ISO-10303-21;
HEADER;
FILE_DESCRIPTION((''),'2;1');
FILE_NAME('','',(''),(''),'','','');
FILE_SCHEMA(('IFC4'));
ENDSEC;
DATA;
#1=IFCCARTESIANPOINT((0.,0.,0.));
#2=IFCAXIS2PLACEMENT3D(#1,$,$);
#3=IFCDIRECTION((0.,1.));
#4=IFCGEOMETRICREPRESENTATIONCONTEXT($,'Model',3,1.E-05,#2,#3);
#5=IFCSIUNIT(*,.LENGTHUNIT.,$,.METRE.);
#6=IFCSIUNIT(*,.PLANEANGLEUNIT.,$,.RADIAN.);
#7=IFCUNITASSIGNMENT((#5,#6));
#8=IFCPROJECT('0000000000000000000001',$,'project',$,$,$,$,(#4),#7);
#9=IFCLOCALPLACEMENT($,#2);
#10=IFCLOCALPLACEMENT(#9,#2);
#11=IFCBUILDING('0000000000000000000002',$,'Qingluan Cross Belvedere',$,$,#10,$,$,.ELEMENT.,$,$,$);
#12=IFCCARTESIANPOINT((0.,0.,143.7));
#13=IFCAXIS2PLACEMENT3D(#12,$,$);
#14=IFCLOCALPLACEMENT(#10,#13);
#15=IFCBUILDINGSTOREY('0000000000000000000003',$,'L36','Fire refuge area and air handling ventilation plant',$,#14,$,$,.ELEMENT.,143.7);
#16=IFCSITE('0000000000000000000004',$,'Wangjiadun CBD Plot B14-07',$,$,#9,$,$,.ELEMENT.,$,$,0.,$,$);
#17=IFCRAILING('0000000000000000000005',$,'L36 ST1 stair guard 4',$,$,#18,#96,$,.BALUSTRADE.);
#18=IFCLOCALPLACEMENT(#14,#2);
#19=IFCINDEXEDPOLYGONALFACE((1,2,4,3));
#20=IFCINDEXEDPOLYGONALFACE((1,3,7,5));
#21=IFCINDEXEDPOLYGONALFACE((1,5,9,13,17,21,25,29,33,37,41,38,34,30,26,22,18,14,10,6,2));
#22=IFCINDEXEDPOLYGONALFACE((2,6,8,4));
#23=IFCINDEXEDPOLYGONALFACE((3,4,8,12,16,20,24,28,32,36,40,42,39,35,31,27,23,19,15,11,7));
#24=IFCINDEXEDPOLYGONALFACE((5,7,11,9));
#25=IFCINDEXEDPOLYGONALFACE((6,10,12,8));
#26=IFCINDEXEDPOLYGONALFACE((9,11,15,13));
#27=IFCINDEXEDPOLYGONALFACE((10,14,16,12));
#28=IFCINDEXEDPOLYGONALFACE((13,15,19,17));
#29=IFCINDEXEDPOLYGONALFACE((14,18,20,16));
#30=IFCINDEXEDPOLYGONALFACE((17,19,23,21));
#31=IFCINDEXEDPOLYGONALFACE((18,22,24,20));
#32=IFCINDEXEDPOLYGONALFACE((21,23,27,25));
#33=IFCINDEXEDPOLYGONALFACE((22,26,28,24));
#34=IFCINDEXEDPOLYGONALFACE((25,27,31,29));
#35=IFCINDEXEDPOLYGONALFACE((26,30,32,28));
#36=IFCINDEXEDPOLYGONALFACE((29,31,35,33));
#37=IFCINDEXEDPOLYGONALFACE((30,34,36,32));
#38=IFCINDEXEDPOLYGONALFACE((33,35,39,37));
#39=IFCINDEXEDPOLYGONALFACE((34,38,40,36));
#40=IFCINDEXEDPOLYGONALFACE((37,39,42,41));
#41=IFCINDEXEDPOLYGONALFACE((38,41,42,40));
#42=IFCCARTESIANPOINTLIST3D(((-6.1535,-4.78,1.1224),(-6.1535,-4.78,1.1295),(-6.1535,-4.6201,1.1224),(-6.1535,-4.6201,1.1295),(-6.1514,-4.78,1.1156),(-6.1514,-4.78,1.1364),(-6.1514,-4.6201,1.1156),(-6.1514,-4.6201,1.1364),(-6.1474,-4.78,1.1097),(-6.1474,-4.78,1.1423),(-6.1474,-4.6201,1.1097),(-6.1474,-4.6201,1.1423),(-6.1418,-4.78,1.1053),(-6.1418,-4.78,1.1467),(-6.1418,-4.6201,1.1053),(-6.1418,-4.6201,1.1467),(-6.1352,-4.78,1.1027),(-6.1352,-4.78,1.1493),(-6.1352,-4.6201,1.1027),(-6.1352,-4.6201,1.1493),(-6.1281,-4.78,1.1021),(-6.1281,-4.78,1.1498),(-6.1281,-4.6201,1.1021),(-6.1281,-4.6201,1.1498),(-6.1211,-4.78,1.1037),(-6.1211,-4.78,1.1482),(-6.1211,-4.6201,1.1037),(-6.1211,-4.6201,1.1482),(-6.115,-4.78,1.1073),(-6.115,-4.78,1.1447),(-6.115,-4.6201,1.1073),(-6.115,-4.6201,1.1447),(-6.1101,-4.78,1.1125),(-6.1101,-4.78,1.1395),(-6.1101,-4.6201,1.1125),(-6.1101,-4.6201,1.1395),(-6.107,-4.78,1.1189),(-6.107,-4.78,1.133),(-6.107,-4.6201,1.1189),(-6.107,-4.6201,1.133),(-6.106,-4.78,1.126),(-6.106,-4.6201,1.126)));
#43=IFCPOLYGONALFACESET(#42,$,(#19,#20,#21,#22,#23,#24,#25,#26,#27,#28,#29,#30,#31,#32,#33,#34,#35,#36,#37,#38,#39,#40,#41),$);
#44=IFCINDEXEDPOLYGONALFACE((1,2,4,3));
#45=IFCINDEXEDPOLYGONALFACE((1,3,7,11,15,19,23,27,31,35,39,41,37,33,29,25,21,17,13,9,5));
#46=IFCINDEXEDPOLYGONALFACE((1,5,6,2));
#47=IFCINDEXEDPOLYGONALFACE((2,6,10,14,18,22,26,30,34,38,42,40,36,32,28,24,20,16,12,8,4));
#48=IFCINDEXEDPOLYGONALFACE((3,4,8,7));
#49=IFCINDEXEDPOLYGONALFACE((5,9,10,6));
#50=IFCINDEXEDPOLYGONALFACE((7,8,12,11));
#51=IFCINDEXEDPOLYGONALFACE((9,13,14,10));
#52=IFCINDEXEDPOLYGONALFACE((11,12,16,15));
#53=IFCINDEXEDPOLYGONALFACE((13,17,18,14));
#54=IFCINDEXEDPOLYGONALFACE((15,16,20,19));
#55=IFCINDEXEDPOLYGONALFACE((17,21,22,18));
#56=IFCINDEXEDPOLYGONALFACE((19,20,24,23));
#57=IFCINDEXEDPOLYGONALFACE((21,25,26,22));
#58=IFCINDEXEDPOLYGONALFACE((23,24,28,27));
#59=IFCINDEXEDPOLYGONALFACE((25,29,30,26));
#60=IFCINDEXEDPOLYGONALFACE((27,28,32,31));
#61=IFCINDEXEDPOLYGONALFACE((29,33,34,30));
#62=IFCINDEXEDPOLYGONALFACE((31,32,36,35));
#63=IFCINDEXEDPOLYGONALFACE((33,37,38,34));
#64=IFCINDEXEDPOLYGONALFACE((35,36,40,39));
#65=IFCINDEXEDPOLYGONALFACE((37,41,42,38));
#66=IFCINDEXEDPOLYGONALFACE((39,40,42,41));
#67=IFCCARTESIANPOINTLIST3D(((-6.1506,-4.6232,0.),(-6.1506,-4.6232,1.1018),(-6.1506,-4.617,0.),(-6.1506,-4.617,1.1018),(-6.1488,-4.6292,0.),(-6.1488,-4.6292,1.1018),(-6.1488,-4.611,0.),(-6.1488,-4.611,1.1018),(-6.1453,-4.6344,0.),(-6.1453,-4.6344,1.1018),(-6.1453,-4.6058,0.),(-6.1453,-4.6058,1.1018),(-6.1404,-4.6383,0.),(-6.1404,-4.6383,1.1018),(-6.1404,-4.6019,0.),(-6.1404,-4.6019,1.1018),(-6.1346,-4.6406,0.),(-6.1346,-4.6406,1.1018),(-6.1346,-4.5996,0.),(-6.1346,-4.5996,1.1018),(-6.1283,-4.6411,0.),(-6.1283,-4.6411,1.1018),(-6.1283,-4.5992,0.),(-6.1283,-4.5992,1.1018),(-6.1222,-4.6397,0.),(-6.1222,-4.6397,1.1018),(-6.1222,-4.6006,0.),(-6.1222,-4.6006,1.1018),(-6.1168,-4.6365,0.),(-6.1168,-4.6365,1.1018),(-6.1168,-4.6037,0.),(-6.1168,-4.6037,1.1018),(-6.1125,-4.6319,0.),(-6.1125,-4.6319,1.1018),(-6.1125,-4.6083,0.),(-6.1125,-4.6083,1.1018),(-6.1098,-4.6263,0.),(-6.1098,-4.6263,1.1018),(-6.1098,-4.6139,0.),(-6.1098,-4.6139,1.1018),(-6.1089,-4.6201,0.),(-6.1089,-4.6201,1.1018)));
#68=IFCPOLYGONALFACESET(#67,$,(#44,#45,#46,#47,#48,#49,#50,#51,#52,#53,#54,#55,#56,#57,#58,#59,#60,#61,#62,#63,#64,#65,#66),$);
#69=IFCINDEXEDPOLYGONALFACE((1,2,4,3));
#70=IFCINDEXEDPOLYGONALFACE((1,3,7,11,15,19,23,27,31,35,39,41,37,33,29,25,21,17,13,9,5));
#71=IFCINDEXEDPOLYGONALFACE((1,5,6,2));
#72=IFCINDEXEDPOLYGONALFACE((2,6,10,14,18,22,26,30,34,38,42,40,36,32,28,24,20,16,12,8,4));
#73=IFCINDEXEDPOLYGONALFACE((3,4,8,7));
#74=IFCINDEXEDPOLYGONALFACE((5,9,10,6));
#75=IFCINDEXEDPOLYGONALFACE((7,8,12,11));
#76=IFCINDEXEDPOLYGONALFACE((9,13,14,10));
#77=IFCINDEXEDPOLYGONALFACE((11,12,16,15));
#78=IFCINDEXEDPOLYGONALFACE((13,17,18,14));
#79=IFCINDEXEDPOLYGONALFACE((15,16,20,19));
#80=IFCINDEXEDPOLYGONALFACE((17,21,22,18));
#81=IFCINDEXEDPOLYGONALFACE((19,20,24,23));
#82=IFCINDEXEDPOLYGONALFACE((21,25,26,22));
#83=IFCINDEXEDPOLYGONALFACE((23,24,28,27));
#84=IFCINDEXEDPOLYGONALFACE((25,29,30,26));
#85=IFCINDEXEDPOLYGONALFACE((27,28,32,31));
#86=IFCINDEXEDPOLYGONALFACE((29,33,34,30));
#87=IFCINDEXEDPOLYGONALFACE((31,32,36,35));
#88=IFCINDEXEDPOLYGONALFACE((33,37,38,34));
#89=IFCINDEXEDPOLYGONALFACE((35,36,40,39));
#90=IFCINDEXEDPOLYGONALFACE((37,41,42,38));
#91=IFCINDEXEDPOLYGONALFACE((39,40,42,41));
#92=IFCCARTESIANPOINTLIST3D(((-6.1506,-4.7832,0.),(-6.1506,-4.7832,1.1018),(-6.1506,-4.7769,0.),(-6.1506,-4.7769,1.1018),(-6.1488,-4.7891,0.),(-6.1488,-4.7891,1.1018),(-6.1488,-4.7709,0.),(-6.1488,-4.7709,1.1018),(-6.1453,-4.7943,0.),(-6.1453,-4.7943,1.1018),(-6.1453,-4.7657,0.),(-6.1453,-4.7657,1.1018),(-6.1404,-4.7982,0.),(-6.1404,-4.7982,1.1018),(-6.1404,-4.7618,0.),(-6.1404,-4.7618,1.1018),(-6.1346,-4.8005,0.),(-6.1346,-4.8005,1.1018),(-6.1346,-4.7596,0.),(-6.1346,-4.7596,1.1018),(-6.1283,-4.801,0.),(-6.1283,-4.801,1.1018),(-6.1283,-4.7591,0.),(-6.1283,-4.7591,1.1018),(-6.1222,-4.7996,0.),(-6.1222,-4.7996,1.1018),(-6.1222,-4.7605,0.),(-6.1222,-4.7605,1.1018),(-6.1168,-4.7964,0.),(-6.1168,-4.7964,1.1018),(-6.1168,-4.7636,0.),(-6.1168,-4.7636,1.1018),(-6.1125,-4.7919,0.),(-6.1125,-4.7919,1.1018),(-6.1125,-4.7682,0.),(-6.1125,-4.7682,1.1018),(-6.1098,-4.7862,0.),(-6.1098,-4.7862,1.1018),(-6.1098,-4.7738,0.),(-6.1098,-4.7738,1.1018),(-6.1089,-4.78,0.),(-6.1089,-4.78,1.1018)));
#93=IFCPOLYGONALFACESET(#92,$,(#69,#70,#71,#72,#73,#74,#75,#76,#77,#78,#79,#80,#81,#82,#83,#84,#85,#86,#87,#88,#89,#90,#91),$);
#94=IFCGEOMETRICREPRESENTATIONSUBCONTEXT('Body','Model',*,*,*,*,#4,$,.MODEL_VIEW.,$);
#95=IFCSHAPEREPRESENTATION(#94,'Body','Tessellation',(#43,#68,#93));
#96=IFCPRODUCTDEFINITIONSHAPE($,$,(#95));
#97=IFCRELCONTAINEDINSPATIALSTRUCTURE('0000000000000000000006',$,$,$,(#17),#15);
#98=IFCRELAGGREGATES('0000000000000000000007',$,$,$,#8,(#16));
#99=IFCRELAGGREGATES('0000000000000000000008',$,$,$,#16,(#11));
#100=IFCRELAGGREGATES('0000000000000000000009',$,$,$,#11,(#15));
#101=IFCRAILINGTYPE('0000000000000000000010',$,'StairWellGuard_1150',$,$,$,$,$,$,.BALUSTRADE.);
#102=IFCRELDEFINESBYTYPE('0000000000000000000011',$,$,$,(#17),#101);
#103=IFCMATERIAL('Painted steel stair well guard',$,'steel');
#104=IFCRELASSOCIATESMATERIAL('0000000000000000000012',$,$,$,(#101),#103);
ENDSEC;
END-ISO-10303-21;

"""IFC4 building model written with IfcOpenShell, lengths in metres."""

from ifc_helpers import new_model, si_unit, direction, frame, origin, origin_2d, place, context, subcontext, project, spatial, circle, extrude, material, type_object, element, save


model = new_model("IFC4")

# Units and contexts
model_context = context("Model", 3, precision=1e-05, world=origin(), true_north=direction((0.0, 1.0)))
body_context = subcontext(model_context, "Body", "Model", "MODEL_VIEW")
ifc_project = project(units=[si_unit("LENGTHUNIT", "METRE"), si_unit("PLANEANGLEUNIT", "RADIAN")], contexts=[model_context])

# Site, building, storey
site_placement = place(None, origin())
site = spatial("IfcSite", under=ifc_project, at=site_placement, Name="Wangjiadun CBD Plot B14-07", CompositionType="ELEMENT", RefElevation=0.0)
building_placement = place(site_placement, origin())
building = spatial("IfcBuilding", under=site, at=building_placement, Name="Qingluan Cross Belvedere", CompositionType="ELEMENT")
storey_placement = place(building_placement, frame((0.0, 0.0, 143.7)))
storey = spatial("IfcBuildingStorey", under=building, at=storey_placement, Name="L36", Description="Fire refuge area and air handling ventilation plant", CompositionType="ELEMENT", Elevation=143.7)

# Railing
ifc_material_1 = material(Name="Painted steel stair well guard", Category="steel")
railing_type_1 = type_object("IfcRailingType", Name="StairWellGuard_1150", PredefinedType="BALUSTRADE", material=ifc_material_1)
railing_1_placement = place(storey_placement, frame((-6.1299, -4.6201, 0.0)))
element("IfcRailing", 1, at=railing_1_placement, inside=storey, type_object=railing_type_1, Name="L36 ST1 stair guard 4", PredefinedType="BALUSTRADE", context=body_context, shape_type="SweptSolid", body=[
    extrude(circle(Radius=0.0239, at=origin_2d()), frame((0.0, 0.0, 1.126), z_axis=(0.0, -1.0, 0.0), x_axis=(1.0, 0.0, 0.0)), (0.0, 0.0, 1.0), 0.1599),
    extrude(circle(Radius=0.021, at=origin_2d()), origin(), (0.0, 0.0, 1.0), 1.1018),
    extrude(circle(Radius=0.021, at=origin_2d()), frame((0.0, -0.1599, 0.0)), (0.0, 0.0, 1.0), 1.1018),
])

save(model, "model.ifc")
